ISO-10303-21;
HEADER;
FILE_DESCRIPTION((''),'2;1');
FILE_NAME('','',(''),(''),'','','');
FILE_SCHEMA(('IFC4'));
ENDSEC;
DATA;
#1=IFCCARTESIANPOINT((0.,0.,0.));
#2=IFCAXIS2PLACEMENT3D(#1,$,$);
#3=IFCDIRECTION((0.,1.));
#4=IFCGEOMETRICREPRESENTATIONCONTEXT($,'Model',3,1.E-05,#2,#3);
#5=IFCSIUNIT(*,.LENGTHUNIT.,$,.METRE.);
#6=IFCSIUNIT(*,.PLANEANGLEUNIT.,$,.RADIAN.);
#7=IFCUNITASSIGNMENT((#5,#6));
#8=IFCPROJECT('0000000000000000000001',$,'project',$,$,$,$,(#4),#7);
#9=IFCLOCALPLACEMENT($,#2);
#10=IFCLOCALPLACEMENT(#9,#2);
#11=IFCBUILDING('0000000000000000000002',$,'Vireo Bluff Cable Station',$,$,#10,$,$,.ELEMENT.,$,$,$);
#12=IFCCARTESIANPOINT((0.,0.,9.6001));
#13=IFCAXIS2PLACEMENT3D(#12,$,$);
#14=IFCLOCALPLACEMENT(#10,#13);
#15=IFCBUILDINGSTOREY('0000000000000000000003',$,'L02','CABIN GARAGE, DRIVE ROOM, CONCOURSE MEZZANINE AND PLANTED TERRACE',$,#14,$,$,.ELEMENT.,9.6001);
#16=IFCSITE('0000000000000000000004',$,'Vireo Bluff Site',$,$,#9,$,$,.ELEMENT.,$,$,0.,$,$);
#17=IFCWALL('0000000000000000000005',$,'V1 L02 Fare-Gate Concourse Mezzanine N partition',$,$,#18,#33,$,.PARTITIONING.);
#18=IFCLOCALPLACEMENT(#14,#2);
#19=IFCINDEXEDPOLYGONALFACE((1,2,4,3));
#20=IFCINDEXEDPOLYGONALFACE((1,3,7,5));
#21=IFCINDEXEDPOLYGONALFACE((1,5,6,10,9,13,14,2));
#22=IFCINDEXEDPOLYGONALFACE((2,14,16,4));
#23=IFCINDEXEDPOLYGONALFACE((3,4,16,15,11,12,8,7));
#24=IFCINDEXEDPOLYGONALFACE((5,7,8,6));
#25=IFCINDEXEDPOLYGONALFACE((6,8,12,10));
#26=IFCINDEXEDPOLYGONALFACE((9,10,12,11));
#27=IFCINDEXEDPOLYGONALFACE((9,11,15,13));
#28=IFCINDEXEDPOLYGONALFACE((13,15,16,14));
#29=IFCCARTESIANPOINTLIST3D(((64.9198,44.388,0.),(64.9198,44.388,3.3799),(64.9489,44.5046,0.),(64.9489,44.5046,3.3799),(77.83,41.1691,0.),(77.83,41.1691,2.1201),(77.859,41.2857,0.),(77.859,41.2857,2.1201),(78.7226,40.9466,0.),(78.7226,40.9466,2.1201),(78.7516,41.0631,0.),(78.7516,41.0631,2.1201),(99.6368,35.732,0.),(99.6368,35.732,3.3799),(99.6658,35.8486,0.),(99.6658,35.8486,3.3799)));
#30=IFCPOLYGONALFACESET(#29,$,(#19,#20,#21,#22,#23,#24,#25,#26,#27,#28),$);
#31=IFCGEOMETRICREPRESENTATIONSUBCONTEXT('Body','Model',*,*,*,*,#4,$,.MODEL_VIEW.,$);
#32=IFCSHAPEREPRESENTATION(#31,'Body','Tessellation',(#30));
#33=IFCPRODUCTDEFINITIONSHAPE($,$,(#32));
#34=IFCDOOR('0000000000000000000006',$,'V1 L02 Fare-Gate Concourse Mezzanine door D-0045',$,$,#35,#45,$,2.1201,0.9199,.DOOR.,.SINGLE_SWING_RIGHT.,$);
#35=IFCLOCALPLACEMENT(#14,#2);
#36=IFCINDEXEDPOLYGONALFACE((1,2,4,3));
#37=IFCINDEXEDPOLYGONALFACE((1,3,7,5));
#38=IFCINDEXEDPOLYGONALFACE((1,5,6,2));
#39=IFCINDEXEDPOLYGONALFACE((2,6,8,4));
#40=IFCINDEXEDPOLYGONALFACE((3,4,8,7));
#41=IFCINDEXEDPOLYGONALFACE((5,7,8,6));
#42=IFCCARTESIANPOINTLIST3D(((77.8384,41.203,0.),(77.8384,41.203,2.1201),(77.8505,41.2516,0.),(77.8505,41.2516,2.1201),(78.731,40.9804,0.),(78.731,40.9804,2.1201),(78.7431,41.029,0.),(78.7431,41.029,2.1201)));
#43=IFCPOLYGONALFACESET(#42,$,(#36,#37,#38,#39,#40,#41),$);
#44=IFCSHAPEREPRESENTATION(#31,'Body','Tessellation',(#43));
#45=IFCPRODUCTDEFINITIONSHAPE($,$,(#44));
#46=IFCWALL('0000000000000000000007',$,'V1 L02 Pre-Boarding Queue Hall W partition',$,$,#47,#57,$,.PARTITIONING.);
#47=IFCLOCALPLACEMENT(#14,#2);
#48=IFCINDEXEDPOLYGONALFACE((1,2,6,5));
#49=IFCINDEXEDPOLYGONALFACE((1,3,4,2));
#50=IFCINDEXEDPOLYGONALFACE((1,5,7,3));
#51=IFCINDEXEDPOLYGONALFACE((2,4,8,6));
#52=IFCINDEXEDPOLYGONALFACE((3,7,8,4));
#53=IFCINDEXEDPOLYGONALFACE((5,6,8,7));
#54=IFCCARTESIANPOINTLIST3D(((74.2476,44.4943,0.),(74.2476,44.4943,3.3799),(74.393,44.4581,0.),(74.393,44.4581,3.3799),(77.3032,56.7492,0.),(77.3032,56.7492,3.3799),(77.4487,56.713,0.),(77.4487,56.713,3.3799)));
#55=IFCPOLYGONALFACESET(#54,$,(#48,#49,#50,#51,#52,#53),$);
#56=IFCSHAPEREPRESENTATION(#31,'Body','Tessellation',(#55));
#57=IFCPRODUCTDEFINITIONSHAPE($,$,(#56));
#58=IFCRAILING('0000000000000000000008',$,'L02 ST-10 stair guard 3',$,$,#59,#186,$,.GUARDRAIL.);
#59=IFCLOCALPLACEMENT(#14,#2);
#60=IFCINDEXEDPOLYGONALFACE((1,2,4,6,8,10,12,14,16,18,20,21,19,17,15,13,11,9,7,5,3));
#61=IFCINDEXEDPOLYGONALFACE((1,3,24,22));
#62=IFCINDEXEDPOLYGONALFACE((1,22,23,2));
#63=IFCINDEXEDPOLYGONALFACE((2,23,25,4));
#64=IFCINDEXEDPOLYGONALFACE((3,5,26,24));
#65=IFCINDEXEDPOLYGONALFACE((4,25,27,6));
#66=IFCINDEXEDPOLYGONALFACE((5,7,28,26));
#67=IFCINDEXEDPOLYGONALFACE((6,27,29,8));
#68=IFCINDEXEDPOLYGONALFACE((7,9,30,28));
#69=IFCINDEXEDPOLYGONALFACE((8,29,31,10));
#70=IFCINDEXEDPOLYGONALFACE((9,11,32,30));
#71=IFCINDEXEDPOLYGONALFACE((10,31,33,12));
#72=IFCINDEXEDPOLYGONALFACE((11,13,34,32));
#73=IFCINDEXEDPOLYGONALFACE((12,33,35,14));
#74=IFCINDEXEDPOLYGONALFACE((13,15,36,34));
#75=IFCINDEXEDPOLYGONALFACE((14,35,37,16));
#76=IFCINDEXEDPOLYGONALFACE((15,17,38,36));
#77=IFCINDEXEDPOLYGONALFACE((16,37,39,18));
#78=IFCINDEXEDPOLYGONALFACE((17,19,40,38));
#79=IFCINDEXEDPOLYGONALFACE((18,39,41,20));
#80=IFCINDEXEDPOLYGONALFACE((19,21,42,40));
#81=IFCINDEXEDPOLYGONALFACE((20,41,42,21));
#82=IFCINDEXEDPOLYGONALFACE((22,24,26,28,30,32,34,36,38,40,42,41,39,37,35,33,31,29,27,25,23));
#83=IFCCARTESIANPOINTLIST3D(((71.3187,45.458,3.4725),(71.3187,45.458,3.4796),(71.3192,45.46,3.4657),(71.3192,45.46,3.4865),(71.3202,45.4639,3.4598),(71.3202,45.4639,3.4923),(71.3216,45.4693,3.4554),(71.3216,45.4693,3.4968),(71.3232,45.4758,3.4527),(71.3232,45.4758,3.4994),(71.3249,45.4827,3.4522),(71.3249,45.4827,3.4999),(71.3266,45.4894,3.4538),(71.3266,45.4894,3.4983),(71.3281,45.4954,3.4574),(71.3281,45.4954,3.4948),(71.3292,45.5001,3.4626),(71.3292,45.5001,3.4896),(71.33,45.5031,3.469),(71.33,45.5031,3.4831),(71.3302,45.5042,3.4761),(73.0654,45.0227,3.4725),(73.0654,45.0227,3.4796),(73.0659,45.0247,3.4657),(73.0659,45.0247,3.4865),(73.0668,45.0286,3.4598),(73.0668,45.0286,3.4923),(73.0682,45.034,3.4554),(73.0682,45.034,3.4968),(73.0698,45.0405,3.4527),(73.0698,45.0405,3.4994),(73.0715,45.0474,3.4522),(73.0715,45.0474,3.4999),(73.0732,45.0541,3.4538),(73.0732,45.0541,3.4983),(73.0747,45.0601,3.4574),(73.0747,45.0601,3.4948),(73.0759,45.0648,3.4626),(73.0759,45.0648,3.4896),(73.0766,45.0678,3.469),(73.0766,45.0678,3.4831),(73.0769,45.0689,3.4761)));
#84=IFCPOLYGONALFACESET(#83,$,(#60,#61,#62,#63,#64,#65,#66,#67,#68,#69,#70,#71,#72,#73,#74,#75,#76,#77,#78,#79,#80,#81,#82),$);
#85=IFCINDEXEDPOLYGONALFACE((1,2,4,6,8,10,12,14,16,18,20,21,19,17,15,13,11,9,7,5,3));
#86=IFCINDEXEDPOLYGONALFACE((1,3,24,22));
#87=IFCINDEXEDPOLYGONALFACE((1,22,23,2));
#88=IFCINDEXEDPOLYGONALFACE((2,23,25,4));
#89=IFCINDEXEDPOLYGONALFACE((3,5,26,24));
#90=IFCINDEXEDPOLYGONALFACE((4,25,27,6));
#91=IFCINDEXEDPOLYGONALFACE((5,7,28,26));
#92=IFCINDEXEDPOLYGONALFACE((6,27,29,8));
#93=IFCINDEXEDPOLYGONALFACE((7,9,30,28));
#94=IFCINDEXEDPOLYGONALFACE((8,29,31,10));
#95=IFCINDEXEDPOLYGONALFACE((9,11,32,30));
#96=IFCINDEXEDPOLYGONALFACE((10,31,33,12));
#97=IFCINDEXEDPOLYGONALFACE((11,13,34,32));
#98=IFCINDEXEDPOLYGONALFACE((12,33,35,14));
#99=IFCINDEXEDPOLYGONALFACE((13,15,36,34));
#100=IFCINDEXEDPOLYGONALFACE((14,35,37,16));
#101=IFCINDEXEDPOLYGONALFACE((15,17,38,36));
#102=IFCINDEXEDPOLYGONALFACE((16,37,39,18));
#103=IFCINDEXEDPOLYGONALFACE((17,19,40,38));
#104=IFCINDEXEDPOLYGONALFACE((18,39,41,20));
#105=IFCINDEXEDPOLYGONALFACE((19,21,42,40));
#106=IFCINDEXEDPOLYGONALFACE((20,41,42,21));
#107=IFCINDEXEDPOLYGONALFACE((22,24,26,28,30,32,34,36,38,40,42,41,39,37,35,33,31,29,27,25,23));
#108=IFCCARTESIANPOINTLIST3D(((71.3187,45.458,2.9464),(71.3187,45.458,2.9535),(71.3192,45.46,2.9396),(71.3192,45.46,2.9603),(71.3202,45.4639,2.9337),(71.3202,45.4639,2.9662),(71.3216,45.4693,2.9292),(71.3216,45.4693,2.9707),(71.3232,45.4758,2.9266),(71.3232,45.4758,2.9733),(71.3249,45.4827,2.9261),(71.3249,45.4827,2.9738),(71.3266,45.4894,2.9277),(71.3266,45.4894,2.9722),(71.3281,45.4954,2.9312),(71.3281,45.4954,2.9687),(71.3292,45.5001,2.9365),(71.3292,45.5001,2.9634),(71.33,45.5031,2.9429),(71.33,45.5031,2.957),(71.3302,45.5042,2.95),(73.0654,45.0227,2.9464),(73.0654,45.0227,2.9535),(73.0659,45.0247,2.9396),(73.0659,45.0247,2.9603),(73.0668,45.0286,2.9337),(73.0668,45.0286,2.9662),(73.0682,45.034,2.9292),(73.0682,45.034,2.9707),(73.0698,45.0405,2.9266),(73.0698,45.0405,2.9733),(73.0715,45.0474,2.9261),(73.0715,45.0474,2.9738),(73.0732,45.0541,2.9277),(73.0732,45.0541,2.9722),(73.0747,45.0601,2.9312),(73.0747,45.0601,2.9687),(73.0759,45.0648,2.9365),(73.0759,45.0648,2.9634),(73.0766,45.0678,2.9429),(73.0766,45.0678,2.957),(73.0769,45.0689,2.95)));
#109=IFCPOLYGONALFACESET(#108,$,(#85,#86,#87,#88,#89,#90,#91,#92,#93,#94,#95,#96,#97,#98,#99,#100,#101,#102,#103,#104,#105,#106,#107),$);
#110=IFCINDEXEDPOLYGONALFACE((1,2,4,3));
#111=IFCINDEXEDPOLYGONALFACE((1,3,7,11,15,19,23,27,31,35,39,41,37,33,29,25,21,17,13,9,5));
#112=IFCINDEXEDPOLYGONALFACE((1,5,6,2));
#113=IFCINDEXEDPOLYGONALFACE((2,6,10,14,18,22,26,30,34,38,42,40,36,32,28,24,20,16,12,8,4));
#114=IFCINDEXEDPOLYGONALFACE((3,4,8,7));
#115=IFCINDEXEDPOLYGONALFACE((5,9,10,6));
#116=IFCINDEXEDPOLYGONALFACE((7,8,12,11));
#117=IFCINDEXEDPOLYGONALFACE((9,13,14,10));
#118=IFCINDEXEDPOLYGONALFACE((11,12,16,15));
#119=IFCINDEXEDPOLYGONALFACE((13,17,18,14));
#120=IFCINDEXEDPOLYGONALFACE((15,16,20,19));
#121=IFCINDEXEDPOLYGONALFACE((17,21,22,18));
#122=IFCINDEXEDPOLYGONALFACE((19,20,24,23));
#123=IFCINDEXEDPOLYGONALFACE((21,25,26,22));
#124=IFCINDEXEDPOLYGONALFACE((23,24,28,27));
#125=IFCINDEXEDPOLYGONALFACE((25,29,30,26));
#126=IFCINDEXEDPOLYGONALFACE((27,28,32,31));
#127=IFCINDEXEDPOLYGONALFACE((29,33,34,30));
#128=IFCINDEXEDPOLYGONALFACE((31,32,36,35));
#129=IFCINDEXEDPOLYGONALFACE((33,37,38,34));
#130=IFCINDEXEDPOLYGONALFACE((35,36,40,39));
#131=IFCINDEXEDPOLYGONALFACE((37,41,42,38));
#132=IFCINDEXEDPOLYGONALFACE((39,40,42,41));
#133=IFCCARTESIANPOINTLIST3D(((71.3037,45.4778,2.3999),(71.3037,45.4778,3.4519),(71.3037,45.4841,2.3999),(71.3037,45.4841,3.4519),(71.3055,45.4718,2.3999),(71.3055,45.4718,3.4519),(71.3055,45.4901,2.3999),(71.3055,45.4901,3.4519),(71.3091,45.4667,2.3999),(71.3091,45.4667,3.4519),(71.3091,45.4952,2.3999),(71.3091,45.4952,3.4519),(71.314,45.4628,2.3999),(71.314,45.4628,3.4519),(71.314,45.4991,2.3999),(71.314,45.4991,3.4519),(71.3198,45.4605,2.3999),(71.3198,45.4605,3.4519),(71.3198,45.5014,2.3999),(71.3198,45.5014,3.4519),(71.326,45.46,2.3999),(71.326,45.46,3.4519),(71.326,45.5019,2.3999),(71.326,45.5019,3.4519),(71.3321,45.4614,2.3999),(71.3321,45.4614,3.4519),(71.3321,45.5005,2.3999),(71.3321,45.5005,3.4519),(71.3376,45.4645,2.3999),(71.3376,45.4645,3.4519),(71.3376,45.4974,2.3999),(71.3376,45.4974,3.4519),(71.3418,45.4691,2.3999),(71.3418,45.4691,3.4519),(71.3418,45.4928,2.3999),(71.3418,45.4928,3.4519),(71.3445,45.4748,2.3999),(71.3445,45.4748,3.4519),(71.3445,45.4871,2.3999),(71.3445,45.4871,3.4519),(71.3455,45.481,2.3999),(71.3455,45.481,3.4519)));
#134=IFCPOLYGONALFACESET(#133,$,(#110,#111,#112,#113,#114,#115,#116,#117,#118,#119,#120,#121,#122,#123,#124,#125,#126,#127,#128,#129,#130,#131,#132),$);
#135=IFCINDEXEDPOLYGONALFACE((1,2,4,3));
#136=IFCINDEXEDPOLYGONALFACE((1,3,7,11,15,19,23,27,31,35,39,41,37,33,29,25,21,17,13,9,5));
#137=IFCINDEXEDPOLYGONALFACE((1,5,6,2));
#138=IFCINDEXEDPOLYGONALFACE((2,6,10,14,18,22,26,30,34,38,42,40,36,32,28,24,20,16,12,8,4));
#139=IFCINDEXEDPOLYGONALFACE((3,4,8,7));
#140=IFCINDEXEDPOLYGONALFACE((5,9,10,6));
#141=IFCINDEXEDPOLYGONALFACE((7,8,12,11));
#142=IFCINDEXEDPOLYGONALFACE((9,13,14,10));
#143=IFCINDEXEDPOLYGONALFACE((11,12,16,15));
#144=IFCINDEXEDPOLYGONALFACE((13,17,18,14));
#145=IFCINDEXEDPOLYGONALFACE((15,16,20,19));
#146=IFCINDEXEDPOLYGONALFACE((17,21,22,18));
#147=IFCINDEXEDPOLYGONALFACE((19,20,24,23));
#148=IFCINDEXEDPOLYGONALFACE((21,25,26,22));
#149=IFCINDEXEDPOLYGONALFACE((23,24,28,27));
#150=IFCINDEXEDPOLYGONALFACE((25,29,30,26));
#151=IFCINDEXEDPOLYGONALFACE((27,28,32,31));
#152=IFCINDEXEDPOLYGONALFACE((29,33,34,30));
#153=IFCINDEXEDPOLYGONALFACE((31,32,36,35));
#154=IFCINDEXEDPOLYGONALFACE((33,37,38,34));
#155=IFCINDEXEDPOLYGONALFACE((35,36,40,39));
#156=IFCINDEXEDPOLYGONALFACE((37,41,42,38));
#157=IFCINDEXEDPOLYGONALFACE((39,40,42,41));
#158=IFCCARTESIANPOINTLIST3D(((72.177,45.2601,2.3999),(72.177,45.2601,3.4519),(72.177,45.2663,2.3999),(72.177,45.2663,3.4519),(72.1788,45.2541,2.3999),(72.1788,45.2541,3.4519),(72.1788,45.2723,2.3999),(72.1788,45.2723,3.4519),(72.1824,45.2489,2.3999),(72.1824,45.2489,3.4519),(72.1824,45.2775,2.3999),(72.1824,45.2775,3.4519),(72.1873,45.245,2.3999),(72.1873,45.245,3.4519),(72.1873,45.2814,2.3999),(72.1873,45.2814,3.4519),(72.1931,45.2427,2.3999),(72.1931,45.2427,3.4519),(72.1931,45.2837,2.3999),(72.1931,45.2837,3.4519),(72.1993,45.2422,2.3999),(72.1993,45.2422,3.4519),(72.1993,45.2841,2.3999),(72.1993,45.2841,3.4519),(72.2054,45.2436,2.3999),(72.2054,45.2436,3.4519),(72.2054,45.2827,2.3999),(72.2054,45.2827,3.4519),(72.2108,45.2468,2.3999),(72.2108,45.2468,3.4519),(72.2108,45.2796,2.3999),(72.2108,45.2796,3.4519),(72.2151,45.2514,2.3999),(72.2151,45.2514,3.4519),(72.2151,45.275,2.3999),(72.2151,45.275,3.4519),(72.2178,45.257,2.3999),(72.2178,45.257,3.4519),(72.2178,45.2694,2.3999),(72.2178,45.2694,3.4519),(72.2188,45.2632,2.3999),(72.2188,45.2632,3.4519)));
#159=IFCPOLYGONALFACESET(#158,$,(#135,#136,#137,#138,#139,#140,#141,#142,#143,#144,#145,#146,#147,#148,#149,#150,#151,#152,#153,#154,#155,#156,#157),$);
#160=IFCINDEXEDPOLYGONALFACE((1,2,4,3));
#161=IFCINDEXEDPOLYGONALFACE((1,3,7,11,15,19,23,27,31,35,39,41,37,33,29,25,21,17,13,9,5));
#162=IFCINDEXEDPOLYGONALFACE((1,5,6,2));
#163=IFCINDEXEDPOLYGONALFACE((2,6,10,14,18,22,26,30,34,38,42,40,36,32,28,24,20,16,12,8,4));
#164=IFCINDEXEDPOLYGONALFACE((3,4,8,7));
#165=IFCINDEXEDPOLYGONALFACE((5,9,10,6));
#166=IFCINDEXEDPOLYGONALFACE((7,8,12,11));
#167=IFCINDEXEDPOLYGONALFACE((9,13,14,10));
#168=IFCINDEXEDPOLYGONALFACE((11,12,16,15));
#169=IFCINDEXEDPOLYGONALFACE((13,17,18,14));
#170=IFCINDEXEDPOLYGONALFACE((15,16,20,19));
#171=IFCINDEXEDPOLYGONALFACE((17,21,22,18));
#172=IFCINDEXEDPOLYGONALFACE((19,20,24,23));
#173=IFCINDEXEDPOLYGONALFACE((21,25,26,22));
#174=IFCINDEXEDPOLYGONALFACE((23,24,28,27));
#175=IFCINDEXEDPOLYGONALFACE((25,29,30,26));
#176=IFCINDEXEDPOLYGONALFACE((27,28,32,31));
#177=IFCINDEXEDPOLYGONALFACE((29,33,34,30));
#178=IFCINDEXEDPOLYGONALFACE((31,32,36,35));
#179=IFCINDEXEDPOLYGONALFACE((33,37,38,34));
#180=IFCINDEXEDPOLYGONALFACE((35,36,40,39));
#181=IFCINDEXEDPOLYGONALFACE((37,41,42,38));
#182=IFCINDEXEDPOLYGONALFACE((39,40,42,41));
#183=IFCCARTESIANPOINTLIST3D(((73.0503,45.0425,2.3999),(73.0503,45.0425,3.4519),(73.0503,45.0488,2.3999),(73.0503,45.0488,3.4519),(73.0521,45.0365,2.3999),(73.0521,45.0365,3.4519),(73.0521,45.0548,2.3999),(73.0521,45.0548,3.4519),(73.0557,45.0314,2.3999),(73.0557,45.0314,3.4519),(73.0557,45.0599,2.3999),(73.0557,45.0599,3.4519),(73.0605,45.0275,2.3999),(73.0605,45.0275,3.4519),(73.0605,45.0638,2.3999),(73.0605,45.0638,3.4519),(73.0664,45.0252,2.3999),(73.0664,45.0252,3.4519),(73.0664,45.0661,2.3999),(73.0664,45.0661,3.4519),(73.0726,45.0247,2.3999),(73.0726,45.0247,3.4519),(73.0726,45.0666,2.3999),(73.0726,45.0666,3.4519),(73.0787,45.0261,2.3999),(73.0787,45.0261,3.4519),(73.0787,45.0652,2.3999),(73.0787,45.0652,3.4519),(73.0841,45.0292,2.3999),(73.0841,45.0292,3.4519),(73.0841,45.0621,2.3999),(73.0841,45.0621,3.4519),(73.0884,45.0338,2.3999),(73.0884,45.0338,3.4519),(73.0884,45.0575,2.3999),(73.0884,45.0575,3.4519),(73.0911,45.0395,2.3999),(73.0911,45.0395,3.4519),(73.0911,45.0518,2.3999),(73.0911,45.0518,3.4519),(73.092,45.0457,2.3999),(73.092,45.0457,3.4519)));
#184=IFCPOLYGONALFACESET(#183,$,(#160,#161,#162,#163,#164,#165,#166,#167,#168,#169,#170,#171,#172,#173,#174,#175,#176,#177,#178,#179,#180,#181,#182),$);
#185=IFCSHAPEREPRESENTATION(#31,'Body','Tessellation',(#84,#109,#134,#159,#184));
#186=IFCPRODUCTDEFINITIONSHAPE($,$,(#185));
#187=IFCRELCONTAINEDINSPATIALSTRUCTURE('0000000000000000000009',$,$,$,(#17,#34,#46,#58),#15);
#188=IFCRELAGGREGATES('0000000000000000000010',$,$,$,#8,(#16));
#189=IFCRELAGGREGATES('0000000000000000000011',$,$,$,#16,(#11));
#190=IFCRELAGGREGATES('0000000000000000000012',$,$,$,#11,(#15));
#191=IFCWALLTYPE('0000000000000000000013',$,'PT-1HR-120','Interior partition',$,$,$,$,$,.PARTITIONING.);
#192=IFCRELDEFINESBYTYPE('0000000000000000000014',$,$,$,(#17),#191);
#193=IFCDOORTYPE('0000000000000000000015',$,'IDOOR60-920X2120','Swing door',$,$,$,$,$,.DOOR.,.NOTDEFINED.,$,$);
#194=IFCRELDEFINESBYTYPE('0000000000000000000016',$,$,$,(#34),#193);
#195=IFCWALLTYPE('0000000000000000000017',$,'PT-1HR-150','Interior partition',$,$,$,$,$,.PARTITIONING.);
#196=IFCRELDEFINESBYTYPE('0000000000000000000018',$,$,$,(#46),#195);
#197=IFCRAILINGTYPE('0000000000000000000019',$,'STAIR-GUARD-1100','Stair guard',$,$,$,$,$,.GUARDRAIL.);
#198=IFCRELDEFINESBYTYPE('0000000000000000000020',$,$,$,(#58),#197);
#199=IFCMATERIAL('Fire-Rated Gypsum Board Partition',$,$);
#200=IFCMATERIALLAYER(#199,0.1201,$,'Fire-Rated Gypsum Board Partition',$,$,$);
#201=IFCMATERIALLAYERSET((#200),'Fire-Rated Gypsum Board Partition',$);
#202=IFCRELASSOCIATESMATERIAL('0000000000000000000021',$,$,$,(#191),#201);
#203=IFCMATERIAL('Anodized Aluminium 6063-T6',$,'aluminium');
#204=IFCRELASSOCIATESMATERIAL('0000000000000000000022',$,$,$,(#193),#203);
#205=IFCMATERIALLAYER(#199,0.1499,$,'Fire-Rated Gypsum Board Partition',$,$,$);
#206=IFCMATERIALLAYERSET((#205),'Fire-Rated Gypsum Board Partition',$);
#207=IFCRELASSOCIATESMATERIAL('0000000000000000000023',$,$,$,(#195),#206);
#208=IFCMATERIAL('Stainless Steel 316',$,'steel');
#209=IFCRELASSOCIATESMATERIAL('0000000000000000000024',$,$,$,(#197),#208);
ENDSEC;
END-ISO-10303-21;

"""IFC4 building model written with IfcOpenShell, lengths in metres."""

from ifc_helpers import new_model, si_unit, direction, frame, frame_2d, origin, origin_with_axes, origin_2d, place, context, subcontext, project, spatial, rectangle, circle, extrude, material, layer, layer_set, type_object, element, fill, save


model = new_model("IFC4")

# Units and contexts
model_context = context("Model", 3, precision=1e-05, world=origin(), true_north=direction((0.0, 1.0)))
body_context = subcontext(model_context, "Body", "Model", "MODEL_VIEW")
ifc_project = project(units=[si_unit("LENGTHUNIT", "METRE"), si_unit("PLANEANGLEUNIT", "RADIAN")], contexts=[model_context])

# Site, building, storey
site_placement = place(None, origin())
site = spatial("IfcSite", under=ifc_project, at=site_placement, Name="Vireo Bluff Site", CompositionType="ELEMENT", RefElevation=0.0)
building_placement = place(site_placement, origin())
building = spatial("IfcBuilding", under=site, at=building_placement, Name="Vireo Bluff Cable Station", CompositionType="ELEMENT")
storey_placement = place(building_placement, frame((0.0, 0.0, 9.6001)))
storey = spatial("IfcBuildingStorey", under=building, at=storey_placement, Name="L02", Description="CABIN GARAGE, DRIVE ROOM, CONCOURSE MEZZANINE AND PLANTED TERRACE", CompositionType="ELEMENT", Elevation=9.6001)

# Wall, opening, door
ifc_material_1 = material(Name="Fire-Rated Gypsum Board Partition")
ifc_layer_1 = layer(ifc_material_1, 0.1201, Name="Fire-Rated Gypsum Board Partition")
ifc_layer_set_1 = layer_set([ifc_layer_1], Name="Fire-Rated Gypsum Board Partition")
wall_type_1 = type_object("IfcWallType", Name="PT-1HR-120", Description="Interior partition", PredefinedType="PARTITIONING", material=ifc_layer_set_1)
wall_1_placement = place(storey_placement, frame((64.9343, 44.4463, 0.0), z_axis=(0.0, 0.0, 1.0), x_axis=(0.970295, -0.241924, 0.0)))
wall_1 = element("IfcWall", 1, at=wall_1_placement, inside=storey, type_object=wall_type_1, Name="V1 L02 Fare-Gate Concourse Mezzanine N partition", PredefinedType="PARTITIONING", context=body_context, shape_type="SweptSolid", body=[
    extrude(rectangle(XDim=35.7798, YDim=0.1201, at=frame_2d((17.8899, 0.0))), origin(), (0.0, 0.0, 1.0), 3.3799),
])
opening_placement = place(wall_1_placement, frame((13.3054, 0.0, 0.0)))
opening = element("IfcOpeningElement", 2, at=opening_placement, cuts=wall_1, PredefinedType="OPENING", context=body_context, shape_type="SweptSolid", body=[
    extrude(rectangle(XDim=0.9199, YDim=2.1201, at=frame_2d((0.46, 1.0601))), frame((0.0, 0.0701, 0.0), z_axis=(0.0, -1.0, 0.0), x_axis=(1.0, 0.0, 0.0)), (0.0, 0.0, 1.0), 0.1401),
])
ifc_material_2 = material(Name="Anodized Aluminium 6063-T6", Category="aluminium")
door_type = type_object("IfcDoorType", Name="IDOOR60-920X2120", Description="Swing door", OperationType="NOTDEFINED", PredefinedType="DOOR", material=ifc_material_2)
door_placement = place(opening_placement, origin_with_axes())
door = element("IfcDoor", 3, at=door_placement, inside=storey, type_object=door_type, Name="V1 L02 Fare-Gate Concourse Mezzanine door D-0045", OperationType="SINGLE_SWING_RIGHT", OverallHeight=2.1201, OverallWidth=0.9199, PredefinedType="DOOR", context=body_context, shape_type="SweptSolid", body=[
    extrude(rectangle(XDim=0.9199, YDim=2.1201, at=frame_2d((0.46, 1.0601))), frame((0.0, 0.0249, 0.0), z_axis=(0.0, -1.0, 0.0), x_axis=(1.0, 0.0, 0.0)), (0.0, 0.0, 1.0), 0.05),
])
fill(opening, door)

# Wall
ifc_layer_2 = layer(ifc_material_1, 0.1499, Name="Fire-Rated Gypsum Board Partition")
ifc_layer_set_2 = layer_set([ifc_layer_2], Name="Fire-Rated Gypsum Board Partition")
wall_type_2 = type_object("IfcWallType", Name="PT-1HR-150", Description="Interior partition", PredefinedType="PARTITIONING", material=ifc_layer_set_2)
wall_2_placement = place(storey_placement, frame((74.3203, 44.4763, 0.0), z_axis=(0.0, 0.0, 1.0), x_axis=(0.241935, 0.970292, 0.0)))
element("IfcWall", 4, at=wall_2_placement, inside=storey, type_object=wall_type_2, Name="V1 L02 Pre-Boarding Queue Hall W partition", PredefinedType="PARTITIONING", context=body_context, shape_type="SweptSolid", body=[
    extrude(rectangle(XDim=12.6301, YDim=0.1499, at=frame_2d((6.3149, 0.0))), origin(), (0.0, 0.0, 1.0), 3.3799),
])

# Railing
ifc_material_3 = material(Name="Stainless Steel 316", Category="steel")
railing_type = type_object("IfcRailingType", Name="STAIR-GUARD-1100", Description="Stair guard", PredefinedType="GUARDRAIL", material=ifc_material_3)
railing_1_placement = place(storey_placement, frame((71.3245, 45.481, 2.3999)))
element("IfcRailing", 5, at=railing_1_placement, inside=storey, type_object=railing_type, Name="L02 ST-10 stair guard 3", PredefinedType="GUARDRAIL", context=body_context, shape_type="SweptSolid", body=[
    extrude(circle(Radius=0.0239, at=origin_2d()), frame((0.0, 0.0, 1.0762), z_axis=(0.970318, -0.241833, 0.0), x_axis=(0.241833, 0.970318, 0.0)), (0.0, 0.0, 1.0), 1.8),
    extrude(circle(Radius=0.0239, at=origin_2d()), frame((0.0, 0.0, 0.55), z_axis=(0.970318, -0.241833, 0.0), x_axis=(0.241833, 0.970318, 0.0)), (0.0, 0.0, 1.0), 1.8),
    extrude(circle(Radius=0.021, at=origin_2d()), origin(), (0.0, 0.0, 1.0), 1.052),
    extrude(circle(Radius=0.021, at=origin_2d()), frame((0.8733, -0.2178, 0.0)), (0.0, 0.0, 1.0), 1.052),
    extrude(circle(Radius=0.021, at=origin_2d()), frame((1.7466, -0.4353, 0.0)), (0.0, 0.0, 1.0), 1.052),
])

save(model, "model.ifc")
